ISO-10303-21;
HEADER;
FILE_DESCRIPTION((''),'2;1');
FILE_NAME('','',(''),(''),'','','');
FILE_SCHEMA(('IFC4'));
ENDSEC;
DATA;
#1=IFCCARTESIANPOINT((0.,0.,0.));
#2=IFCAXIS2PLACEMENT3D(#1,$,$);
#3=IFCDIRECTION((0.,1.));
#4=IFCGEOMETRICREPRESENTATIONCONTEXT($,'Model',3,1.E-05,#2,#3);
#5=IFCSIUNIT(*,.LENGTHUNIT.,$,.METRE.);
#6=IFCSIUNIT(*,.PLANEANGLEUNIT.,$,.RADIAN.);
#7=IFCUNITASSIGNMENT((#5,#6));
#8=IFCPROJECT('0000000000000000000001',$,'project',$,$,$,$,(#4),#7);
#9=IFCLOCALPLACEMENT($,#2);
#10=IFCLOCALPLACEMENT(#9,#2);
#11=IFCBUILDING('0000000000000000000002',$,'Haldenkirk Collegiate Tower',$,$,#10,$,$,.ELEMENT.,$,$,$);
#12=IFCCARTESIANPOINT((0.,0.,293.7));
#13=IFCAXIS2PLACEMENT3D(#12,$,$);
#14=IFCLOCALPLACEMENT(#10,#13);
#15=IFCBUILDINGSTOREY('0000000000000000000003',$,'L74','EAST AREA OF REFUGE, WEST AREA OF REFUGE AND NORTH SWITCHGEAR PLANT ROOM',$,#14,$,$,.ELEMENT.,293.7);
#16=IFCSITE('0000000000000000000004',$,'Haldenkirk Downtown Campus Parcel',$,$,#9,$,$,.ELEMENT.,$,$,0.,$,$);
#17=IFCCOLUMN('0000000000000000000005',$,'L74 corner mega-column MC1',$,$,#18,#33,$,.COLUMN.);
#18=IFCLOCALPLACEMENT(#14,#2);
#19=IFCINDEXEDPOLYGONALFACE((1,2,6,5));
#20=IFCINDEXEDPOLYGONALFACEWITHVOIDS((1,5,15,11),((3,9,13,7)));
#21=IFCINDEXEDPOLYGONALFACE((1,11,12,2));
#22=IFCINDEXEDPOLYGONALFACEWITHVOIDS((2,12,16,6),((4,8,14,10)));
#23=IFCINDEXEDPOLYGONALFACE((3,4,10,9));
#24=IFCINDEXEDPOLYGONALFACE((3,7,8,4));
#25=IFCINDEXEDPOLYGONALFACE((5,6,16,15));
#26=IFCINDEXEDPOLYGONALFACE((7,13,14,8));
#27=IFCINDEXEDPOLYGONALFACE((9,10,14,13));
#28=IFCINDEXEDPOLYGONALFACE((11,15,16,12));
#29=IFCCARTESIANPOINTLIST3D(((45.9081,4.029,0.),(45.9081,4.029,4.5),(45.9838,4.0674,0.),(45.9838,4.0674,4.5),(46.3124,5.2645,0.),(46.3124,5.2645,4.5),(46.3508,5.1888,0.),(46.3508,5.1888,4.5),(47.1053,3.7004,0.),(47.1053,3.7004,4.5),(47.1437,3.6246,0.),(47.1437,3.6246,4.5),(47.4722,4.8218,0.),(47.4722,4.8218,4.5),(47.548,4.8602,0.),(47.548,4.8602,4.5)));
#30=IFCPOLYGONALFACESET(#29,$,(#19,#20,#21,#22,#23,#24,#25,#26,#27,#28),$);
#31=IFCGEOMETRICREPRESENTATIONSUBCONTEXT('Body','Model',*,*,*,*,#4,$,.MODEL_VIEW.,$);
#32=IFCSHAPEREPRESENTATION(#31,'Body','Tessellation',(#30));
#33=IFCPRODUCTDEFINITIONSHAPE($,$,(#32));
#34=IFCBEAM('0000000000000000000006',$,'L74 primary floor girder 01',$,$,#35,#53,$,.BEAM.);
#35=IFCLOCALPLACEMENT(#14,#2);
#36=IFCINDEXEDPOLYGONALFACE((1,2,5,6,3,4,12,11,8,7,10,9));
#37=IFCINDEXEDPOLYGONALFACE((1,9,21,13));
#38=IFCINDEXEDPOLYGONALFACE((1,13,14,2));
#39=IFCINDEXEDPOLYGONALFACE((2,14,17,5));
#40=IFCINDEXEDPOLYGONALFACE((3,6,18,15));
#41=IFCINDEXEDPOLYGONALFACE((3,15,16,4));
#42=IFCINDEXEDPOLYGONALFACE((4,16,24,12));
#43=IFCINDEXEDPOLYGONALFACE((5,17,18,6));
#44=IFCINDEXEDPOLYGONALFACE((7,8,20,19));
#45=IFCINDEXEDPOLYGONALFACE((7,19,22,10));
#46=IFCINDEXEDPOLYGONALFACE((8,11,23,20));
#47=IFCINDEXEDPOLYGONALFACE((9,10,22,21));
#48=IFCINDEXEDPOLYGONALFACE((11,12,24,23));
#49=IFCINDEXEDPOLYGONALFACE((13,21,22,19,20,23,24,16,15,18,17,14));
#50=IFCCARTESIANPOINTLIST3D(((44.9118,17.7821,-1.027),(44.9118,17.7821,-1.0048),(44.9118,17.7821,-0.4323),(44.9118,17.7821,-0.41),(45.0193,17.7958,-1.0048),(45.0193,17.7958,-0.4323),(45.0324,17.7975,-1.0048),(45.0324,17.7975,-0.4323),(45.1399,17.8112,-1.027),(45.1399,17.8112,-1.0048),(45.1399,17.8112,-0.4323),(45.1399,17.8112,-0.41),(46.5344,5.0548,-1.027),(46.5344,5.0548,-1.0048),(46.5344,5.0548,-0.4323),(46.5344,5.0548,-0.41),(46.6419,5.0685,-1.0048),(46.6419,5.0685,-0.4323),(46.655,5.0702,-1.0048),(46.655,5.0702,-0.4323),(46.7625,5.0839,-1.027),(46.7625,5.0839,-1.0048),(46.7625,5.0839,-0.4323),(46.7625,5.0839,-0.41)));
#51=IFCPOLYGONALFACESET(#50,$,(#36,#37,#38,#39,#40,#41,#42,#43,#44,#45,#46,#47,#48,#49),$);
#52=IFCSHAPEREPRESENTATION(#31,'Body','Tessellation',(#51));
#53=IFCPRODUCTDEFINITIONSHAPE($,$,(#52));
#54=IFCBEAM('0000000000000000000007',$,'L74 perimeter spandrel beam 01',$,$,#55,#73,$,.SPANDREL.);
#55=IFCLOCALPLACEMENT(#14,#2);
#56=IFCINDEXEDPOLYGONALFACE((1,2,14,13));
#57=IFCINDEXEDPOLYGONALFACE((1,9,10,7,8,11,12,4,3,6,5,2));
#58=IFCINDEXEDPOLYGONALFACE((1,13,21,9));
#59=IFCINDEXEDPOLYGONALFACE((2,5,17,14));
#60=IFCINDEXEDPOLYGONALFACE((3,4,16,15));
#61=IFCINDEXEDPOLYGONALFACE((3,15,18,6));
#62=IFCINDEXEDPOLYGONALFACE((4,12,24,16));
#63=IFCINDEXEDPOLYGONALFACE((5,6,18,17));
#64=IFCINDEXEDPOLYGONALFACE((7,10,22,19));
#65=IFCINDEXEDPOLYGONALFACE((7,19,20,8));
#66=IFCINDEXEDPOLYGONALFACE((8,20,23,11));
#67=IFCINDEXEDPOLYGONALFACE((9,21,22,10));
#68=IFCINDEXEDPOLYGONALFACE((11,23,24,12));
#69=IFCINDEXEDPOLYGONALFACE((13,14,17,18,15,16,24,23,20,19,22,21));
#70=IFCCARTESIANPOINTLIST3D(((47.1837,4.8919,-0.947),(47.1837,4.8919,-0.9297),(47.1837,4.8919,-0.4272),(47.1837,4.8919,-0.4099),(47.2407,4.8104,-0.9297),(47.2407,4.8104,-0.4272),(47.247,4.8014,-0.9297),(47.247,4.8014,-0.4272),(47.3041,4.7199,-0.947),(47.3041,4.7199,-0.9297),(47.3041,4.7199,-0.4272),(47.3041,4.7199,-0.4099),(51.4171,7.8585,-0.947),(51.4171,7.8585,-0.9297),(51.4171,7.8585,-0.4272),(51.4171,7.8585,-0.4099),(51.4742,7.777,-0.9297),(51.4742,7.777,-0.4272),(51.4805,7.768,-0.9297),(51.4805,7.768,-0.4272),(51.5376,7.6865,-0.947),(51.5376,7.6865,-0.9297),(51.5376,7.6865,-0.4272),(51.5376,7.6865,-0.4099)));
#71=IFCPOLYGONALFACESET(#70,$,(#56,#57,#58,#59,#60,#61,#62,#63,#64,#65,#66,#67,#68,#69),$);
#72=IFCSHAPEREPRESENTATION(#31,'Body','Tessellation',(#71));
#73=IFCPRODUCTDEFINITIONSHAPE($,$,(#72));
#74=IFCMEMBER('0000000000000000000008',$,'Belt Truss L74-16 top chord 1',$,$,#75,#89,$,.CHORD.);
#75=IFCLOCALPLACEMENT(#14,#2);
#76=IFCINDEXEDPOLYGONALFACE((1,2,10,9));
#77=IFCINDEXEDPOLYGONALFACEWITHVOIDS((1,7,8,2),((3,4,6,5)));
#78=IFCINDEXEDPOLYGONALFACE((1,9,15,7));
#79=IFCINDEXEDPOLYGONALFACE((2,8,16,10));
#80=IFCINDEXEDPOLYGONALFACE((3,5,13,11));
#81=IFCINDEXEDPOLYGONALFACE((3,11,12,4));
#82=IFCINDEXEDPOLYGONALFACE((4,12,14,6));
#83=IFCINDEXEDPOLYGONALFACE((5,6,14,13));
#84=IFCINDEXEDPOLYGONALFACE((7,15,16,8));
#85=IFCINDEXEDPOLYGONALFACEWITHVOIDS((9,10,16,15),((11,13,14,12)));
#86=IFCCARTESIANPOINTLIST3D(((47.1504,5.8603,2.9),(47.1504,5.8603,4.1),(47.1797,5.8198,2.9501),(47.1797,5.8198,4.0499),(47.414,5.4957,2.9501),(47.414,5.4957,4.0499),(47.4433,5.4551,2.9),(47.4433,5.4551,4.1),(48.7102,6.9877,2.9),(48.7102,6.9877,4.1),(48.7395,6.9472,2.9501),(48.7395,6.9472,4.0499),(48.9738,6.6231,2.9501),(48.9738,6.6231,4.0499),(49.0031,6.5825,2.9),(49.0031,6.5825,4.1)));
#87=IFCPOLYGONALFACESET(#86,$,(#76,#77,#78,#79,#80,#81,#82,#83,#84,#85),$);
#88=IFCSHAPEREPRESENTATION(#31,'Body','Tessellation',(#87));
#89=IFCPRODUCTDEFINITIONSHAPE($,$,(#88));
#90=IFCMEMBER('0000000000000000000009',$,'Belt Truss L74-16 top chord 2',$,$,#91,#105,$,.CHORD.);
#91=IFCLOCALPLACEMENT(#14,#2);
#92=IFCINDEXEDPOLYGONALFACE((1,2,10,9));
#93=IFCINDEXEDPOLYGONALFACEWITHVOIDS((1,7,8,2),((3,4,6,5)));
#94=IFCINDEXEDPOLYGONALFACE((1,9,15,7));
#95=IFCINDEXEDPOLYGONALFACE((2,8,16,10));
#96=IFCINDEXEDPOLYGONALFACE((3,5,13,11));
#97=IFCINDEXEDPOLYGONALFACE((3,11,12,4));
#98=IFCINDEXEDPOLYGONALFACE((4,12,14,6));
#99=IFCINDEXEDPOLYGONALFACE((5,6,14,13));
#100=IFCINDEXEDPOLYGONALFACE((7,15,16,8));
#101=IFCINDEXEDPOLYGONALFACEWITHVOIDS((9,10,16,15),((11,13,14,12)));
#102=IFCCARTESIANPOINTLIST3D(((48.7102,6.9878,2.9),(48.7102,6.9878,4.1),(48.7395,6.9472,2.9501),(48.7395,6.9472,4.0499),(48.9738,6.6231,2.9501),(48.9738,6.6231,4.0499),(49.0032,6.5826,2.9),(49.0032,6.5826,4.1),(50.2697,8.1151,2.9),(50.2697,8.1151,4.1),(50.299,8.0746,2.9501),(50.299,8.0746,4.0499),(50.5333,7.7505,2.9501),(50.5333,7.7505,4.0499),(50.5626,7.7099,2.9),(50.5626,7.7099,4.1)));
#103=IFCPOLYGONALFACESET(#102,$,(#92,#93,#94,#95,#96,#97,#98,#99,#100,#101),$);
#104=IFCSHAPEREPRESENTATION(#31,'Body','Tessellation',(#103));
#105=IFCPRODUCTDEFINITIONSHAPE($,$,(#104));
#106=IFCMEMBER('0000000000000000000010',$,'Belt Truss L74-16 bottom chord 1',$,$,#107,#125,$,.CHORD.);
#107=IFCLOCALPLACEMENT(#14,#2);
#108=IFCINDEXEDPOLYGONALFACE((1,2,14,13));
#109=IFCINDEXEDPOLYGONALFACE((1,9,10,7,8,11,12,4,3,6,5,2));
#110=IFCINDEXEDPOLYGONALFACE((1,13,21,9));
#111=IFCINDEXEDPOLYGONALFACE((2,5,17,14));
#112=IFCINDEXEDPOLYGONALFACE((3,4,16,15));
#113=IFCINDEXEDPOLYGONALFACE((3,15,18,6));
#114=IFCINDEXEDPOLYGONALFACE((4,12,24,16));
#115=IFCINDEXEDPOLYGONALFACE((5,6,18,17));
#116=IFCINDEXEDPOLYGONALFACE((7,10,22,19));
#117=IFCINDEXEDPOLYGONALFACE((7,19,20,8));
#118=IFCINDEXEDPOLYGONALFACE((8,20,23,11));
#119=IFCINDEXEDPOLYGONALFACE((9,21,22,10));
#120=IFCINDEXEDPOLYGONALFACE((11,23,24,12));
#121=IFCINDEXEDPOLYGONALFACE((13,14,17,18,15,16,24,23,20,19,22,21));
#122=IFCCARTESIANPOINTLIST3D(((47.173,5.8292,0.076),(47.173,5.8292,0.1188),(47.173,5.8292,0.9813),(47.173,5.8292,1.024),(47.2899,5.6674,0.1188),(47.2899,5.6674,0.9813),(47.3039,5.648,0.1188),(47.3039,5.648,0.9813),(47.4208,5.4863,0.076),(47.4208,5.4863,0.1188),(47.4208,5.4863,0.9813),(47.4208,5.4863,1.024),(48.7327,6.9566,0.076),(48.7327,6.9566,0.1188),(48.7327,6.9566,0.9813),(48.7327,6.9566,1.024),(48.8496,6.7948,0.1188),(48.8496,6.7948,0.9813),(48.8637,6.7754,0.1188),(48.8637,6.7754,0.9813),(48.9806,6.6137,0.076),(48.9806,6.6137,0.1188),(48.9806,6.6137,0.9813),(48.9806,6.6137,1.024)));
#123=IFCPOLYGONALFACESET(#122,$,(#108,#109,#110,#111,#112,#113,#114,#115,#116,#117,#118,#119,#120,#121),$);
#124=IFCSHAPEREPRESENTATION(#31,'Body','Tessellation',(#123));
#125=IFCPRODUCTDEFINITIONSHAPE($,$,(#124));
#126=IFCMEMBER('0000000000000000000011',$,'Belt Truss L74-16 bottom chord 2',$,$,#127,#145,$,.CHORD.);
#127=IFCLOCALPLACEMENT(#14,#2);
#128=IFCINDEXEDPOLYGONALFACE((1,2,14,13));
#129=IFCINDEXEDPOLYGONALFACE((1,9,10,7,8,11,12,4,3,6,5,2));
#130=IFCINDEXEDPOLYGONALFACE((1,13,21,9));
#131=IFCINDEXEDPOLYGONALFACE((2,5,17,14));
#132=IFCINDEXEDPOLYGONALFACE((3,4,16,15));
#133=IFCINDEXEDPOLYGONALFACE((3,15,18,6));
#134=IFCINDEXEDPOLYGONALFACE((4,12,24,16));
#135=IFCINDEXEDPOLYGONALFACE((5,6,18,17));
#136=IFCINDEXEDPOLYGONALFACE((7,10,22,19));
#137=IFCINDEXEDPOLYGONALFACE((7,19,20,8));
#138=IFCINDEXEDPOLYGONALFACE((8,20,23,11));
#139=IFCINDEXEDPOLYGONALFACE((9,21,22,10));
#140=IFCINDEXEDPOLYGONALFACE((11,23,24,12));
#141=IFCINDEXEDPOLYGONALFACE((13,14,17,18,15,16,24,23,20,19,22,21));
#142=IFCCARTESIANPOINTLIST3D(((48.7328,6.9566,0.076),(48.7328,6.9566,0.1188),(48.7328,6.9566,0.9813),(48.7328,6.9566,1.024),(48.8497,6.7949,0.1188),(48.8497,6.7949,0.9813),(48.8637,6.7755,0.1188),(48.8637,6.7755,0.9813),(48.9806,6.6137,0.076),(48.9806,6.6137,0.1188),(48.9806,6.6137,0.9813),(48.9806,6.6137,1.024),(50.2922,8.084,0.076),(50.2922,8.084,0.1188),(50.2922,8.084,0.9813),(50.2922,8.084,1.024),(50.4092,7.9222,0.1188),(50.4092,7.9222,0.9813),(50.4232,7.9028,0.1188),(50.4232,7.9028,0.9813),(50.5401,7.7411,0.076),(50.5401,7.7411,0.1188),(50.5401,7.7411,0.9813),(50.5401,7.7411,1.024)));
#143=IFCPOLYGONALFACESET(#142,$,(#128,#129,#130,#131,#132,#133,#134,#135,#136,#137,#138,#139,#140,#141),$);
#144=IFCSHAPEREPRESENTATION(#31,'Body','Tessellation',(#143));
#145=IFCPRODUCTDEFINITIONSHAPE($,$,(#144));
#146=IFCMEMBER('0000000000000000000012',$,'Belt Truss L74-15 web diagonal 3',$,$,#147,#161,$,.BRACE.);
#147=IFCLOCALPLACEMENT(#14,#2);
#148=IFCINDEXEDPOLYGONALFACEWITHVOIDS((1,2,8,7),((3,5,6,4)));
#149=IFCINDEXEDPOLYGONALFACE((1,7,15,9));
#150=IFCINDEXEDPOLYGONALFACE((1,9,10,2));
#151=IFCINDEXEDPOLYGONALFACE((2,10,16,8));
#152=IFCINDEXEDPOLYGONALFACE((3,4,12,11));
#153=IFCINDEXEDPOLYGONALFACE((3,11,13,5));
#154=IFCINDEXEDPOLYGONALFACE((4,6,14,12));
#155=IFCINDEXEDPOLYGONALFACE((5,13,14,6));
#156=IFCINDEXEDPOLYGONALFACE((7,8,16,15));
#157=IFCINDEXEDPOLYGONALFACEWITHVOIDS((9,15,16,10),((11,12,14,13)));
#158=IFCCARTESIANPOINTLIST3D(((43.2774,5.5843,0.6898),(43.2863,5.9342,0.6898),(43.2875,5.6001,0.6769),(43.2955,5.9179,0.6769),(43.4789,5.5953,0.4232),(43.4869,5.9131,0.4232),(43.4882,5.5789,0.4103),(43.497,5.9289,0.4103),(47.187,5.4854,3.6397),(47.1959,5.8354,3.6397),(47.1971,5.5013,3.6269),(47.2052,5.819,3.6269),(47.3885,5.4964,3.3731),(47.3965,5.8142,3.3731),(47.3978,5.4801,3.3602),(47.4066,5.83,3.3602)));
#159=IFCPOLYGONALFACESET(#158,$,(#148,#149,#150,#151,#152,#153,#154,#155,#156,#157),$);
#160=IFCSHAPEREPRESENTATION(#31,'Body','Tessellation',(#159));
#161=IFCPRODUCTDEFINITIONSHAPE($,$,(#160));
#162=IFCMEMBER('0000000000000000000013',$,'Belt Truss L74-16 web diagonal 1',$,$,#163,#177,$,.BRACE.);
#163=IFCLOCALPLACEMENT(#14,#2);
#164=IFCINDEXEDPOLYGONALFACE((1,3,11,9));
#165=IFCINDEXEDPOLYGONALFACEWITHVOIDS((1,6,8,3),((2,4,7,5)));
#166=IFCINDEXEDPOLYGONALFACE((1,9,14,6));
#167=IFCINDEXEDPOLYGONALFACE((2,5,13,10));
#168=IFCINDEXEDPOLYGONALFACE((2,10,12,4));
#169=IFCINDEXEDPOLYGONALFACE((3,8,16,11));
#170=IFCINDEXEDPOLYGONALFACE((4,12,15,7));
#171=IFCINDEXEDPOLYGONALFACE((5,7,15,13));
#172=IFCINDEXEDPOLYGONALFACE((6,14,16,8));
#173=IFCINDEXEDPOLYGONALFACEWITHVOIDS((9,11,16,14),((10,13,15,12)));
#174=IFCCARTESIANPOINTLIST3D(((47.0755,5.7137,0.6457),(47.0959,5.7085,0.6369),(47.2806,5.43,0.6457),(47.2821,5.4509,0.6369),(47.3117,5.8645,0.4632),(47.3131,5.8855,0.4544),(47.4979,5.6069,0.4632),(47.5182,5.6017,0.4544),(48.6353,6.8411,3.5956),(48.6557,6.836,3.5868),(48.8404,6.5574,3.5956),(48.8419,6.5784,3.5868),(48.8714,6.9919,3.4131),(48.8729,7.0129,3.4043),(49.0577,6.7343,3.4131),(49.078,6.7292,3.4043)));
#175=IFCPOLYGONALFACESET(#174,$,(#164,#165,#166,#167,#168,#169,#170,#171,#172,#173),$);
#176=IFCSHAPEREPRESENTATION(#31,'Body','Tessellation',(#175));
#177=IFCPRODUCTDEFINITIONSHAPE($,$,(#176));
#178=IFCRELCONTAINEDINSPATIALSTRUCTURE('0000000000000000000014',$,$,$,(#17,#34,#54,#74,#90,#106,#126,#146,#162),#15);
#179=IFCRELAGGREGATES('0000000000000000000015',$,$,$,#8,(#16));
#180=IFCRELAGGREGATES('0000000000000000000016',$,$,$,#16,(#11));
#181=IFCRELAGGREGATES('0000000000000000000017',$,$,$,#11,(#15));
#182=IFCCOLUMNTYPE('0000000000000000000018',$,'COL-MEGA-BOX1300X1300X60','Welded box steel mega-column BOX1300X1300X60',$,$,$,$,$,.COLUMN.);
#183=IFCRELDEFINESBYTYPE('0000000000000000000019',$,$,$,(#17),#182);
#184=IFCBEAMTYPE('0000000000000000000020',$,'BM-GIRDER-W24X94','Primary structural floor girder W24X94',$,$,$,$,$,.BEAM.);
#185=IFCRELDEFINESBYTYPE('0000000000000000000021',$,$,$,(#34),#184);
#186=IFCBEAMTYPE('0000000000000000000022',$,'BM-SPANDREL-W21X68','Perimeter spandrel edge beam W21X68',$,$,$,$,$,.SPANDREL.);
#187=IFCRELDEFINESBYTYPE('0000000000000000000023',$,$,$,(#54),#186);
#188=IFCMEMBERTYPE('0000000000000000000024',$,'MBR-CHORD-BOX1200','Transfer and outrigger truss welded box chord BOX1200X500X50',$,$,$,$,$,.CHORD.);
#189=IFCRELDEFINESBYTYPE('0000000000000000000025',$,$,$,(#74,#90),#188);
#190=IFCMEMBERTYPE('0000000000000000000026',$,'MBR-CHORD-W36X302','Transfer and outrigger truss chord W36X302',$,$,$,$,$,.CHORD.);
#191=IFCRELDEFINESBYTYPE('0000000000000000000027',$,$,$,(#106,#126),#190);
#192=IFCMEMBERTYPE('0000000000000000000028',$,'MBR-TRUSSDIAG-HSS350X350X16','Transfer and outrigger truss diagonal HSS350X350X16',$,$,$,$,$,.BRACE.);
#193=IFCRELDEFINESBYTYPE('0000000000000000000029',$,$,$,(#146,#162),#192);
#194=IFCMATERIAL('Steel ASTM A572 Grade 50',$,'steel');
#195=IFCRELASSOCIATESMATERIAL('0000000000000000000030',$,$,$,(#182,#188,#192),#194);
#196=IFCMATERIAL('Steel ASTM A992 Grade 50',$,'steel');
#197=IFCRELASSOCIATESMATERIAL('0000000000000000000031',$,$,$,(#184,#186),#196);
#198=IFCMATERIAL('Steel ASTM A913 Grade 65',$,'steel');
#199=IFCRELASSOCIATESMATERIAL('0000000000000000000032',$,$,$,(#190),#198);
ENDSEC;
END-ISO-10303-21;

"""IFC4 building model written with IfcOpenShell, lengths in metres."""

from ifc_helpers import new_model, si_unit, direction, frame, origin, origin_2d, place, context, subcontext, project, spatial, hollow_rectangle, i_section, extrude, material, material_profile, profile_set, type_object, element, save


model = new_model("IFC4")

# Units and contexts
model_context = context("Model", 3, precision=1e-05, world=origin(), true_north=direction((0.0, 1.0)))
body_context = subcontext(model_context, "Body", "Model", "MODEL_VIEW")
ifc_project = project(units=[si_unit("LENGTHUNIT", "METRE"), si_unit("PLANEANGLEUNIT", "RADIAN")], contexts=[model_context])

# Site, building, storey
site_placement = place(None, origin())
site = spatial("IfcSite", under=ifc_project, at=site_placement, Name="Haldenkirk Downtown Campus Parcel", CompositionType="ELEMENT", RefElevation=0.0)
building_placement = place(site_placement, origin())
building = spatial("IfcBuilding", under=site, at=building_placement, Name="Haldenkirk Collegiate Tower", CompositionType="ELEMENT")
storey_placement = place(building_placement, frame((0.0, 0.0, 293.7)))
storey = spatial("IfcBuildingStorey", under=building, at=storey_placement, Name="L74", Description="EAST AREA OF REFUGE, WEST AREA OF REFUGE AND NORTH SWITCHGEAR PLANT ROOM", CompositionType="ELEMENT", Elevation=293.7)

# Column
ifc_material_1 = material(Name="Steel ASTM A572 Grade 50", Category="steel")
ifc_material_profile_1 = material_profile(ifc_material_1, hollow_rectangle(XDim=1.3, YDim=1.3, WallThickness=0.0601, at=origin_2d()), Name="BOX1300X1300X60")
ifc_profile_set_1 = profile_set([ifc_material_profile_1], Name="Steel ASTM A572 Grade 50")
column_type = type_object("IfcColumnType", Name="COL-MEGA-BOX1300X1300X60", Description="Welded box steel mega-column BOX1300X1300X60", PredefinedType="COLUMN", material=ifc_profile_set_1)
column_placement = place(storey_placement, frame((46.728, 4.4446, 0.0), z_axis=(0.0, 0.0, 1.0), x_axis=(0.311008, 0.950407, 0.0)))
element("IfcColumn", 1, at=column_placement, inside=storey, type_object=column_type, Name="L74 corner mega-column MC1", PredefinedType="COLUMN", context=body_context, shape_type="SweptSolid", body=[
    extrude(hollow_rectangle(XDim=1.3, YDim=1.3, WallThickness=0.0601, at=origin_2d()), origin(), (0.0, 0.0, 1.0), 4.5),
])

# Beams
ifc_material_2 = material(Name="Steel ASTM A992 Grade 50", Category="steel")
ifc_material_profile_2 = material_profile(ifc_material_2, i_section(OverallWidth=0.23, OverallDepth=0.6169, WebThickness=0.0132, FlangeThickness=0.0222, at=origin_2d()), Name="W24X94")
ifc_profile_set_2 = profile_set([ifc_material_profile_2], Name="Steel ASTM A992 Grade 50")
beam_type_1 = type_object("IfcBeamType", Name="BM-GIRDER-W24X94", Description="Primary structural floor girder W24X94", PredefinedType="BEAM", material=ifc_profile_set_2)
beam_1_placement = place(storey_placement, frame((46.6484, 5.0693, -0.7185), z_axis=(-0.126463, 0.991971, 0.0), x_axis=(-0.991971, -0.126463, 0.0)))
element("IfcBeam", 2, at=beam_1_placement, inside=storey, type_object=beam_type_1, Name="L74 primary floor girder 01", PredefinedType="BEAM", context=body_context, shape_type="SweptSolid", body=[
    extrude(i_section(OverallWidth=0.23, OverallDepth=0.6169, WebThickness=0.0132, FlangeThickness=0.0222, at=origin_2d()), origin(), (0.0, 0.0, 1.0), 12.8303),
])
ifc_material_profile_3 = material_profile(ifc_material_2, i_section(OverallWidth=0.21, OverallDepth=0.5371, WebThickness=0.011, FlangeThickness=0.0173, at=origin_2d()), Name="W21X68")
ifc_profile_set_3 = profile_set([ifc_material_profile_3], Name="Steel ASTM A992 Grade 50")
beam_type_2 = type_object("IfcBeamType", Name="BM-SPANDREL-W21X68", Description="Perimeter spandrel edge beam W21X68", PredefinedType="SPANDREL", material=ifc_profile_set_3)
beam_2_placement = place(storey_placement, frame((47.2439, 4.8059, -0.6785), z_axis=(0.818943, 0.573874, 0.0), x_axis=(-0.573874, 0.818943, 0.0)))
element("IfcBeam", 3, at=beam_2_placement, inside=storey, type_object=beam_type_2, Name="L74 perimeter spandrel beam 01", PredefinedType="SPANDREL", context=body_context, shape_type="SweptSolid", body=[
    extrude(i_section(OverallWidth=0.21, OverallDepth=0.5371, WebThickness=0.011, FlangeThickness=0.0173, at=origin_2d()), origin(), (0.0, 0.0, 1.0), 5.1694),
])

# Members
ifc_material_profile_4 = material_profile(ifc_material_1, hollow_rectangle(XDim=0.5, YDim=1.2, WallThickness=0.05, at=origin_2d()), Name="BOX1200X500X50")
ifc_profile_set_4 = profile_set([ifc_material_profile_4], Name="Steel ASTM A572 Grade 50")
member_type_1 = type_object("IfcMemberType", Name="MBR-CHORD-BOX1200", Description="Transfer and outrigger truss welded box chord BOX1200X500X50", PredefinedType="CHORD", material=ifc_profile_set_4)
member_1_placement = place(storey_placement, frame((47.2969, 5.6577, 3.5), z_axis=(0.810455, 0.585801, 0.0), x_axis=(-0.585801, 0.810455, 0.0)))
element("IfcMember", 4, at=member_1_placement, inside=storey, type_object=member_type_1, Name="Belt Truss L74-16 top chord 1", PredefinedType="CHORD", context=body_context, shape_type="SweptSolid", body=[
    extrude(hollow_rectangle(XDim=0.5, YDim=1.2, WallThickness=0.05, at=origin_2d()), origin(), (0.0, 0.0, 1.0), 1.9246),
])
member_2_placement = place(storey_placement, frame((48.8567, 6.7852, 3.5), z_axis=(0.810412, 0.585861, 0.0), x_axis=(-0.585861, 0.810412, 0.0)))
element("IfcMember", 5, at=member_2_placement, inside=storey, type_object=member_type_1, Name="Belt Truss L74-16 top chord 2", PredefinedType="CHORD", context=body_context, shape_type="SweptSolid", body=[
    extrude(hollow_rectangle(XDim=0.5, YDim=1.2, WallThickness=0.05, at=origin_2d()), origin(), (0.0, 0.0, 1.0), 1.9243),
])
ifc_material_3 = material(Name="Steel ASTM A913 Grade 65", Category="steel")
ifc_material_profile_5 = material_profile(ifc_material_3, i_section(OverallWidth=0.4231, OverallDepth=0.948, WebThickness=0.0239, FlangeThickness=0.0427, at=origin_2d()), Name="W36X302")
ifc_profile_set_5 = profile_set([ifc_material_profile_5], Name="Steel ASTM A913 Grade 65")
member_type_2 = type_object("IfcMemberType", Name="MBR-CHORD-W36X302", Description="Transfer and outrigger truss chord W36X302", PredefinedType="CHORD", material=ifc_profile_set_5)
member_3_placement = place(storey_placement, frame((47.2969, 5.6577, 0.55), z_axis=(0.810455, 0.585801, 0.0), x_axis=(-0.585801, 0.810455, 0.0)))
element("IfcMember", 6, at=member_3_placement, inside=storey, type_object=member_type_2, Name="Belt Truss L74-16 bottom chord 1", PredefinedType="CHORD", context=body_context, shape_type="SweptSolid", body=[
    extrude(i_section(OverallWidth=0.4231, OverallDepth=0.948, WebThickness=0.0239, FlangeThickness=0.0427, at=origin_2d()), origin(), (0.0, 0.0, 1.0), 1.9246),
])
member_4_placement = place(storey_placement, frame((48.8567, 6.7852, 0.55), z_axis=(0.810412, 0.585861, 0.0), x_axis=(-0.585861, 0.810412, 0.0)))
element("IfcMember", 7, at=member_4_placement, inside=storey, type_object=member_type_2, Name="Belt Truss L74-16 bottom chord 2", PredefinedType="CHORD", context=body_context, shape_type="SweptSolid", body=[
    extrude(i_section(OverallWidth=0.4231, OverallDepth=0.948, WebThickness=0.0239, FlangeThickness=0.0427, at=origin_2d()), origin(), (0.0, 0.0, 1.0), 1.9243),
])
ifc_material_profile_6 = material_profile(ifc_material_1, hollow_rectangle(XDim=0.3501, YDim=0.3501, WallThickness=0.0161, at=origin_2d()), Name="HSS350X350X16")
ifc_profile_set_6 = profile_set([ifc_material_profile_6], Name="Steel ASTM A572 Grade 50")
member_type_3 = type_object("IfcMemberType", Name="MBR-TRUSSDIAG-HSS350X350X16", Description="Transfer and outrigger truss diagonal HSS350X350X16", PredefinedType="BRACE", material=ifc_profile_set_6)
member_5_placement = place(storey_placement, frame((43.3872, 5.7566, 0.55), z_axis=(0.798099, -0.020184, 0.602188), x_axis=(0.025282, 0.99968, 0.0)))
element("IfcMember", 8, at=member_5_placement, inside=storey, type_object=member_type_3, Name="Belt Truss L74-15 web diagonal 3", PredefinedType="BRACE", context=body_context, shape_type="SweptSolid", body=[
    extrude(hollow_rectangle(XDim=0.3501, YDim=0.3501, WallThickness=0.0161, at=origin_2d()), origin(), (0.0, 0.0, 1.0), 4.8987),
])
for number, where, z_axis, x_axis, name in (
    (9, (47.2969, 5.6577, 0.55), (0.442844, 0.32009, 0.837515), (-0.585801, 0.810455, 0.0), "Belt Truss L74-16 web diagonal 1"),
):
    element("IfcMember", number, at=place(storey_placement, frame(where, z_axis=z_axis, x_axis=x_axis)), inside=storey, type_object=member_type_3, Name=name, PredefinedType="BRACE", context=body_context, shape_type="SweptSolid", body=[
        extrude(hollow_rectangle(XDim=0.3501, YDim=0.3501, WallThickness=0.0161, at=origin_2d()), origin(), (0.0, 0.0, 1.0), 3.5222),
    ])

save(model, "model.ifc")
